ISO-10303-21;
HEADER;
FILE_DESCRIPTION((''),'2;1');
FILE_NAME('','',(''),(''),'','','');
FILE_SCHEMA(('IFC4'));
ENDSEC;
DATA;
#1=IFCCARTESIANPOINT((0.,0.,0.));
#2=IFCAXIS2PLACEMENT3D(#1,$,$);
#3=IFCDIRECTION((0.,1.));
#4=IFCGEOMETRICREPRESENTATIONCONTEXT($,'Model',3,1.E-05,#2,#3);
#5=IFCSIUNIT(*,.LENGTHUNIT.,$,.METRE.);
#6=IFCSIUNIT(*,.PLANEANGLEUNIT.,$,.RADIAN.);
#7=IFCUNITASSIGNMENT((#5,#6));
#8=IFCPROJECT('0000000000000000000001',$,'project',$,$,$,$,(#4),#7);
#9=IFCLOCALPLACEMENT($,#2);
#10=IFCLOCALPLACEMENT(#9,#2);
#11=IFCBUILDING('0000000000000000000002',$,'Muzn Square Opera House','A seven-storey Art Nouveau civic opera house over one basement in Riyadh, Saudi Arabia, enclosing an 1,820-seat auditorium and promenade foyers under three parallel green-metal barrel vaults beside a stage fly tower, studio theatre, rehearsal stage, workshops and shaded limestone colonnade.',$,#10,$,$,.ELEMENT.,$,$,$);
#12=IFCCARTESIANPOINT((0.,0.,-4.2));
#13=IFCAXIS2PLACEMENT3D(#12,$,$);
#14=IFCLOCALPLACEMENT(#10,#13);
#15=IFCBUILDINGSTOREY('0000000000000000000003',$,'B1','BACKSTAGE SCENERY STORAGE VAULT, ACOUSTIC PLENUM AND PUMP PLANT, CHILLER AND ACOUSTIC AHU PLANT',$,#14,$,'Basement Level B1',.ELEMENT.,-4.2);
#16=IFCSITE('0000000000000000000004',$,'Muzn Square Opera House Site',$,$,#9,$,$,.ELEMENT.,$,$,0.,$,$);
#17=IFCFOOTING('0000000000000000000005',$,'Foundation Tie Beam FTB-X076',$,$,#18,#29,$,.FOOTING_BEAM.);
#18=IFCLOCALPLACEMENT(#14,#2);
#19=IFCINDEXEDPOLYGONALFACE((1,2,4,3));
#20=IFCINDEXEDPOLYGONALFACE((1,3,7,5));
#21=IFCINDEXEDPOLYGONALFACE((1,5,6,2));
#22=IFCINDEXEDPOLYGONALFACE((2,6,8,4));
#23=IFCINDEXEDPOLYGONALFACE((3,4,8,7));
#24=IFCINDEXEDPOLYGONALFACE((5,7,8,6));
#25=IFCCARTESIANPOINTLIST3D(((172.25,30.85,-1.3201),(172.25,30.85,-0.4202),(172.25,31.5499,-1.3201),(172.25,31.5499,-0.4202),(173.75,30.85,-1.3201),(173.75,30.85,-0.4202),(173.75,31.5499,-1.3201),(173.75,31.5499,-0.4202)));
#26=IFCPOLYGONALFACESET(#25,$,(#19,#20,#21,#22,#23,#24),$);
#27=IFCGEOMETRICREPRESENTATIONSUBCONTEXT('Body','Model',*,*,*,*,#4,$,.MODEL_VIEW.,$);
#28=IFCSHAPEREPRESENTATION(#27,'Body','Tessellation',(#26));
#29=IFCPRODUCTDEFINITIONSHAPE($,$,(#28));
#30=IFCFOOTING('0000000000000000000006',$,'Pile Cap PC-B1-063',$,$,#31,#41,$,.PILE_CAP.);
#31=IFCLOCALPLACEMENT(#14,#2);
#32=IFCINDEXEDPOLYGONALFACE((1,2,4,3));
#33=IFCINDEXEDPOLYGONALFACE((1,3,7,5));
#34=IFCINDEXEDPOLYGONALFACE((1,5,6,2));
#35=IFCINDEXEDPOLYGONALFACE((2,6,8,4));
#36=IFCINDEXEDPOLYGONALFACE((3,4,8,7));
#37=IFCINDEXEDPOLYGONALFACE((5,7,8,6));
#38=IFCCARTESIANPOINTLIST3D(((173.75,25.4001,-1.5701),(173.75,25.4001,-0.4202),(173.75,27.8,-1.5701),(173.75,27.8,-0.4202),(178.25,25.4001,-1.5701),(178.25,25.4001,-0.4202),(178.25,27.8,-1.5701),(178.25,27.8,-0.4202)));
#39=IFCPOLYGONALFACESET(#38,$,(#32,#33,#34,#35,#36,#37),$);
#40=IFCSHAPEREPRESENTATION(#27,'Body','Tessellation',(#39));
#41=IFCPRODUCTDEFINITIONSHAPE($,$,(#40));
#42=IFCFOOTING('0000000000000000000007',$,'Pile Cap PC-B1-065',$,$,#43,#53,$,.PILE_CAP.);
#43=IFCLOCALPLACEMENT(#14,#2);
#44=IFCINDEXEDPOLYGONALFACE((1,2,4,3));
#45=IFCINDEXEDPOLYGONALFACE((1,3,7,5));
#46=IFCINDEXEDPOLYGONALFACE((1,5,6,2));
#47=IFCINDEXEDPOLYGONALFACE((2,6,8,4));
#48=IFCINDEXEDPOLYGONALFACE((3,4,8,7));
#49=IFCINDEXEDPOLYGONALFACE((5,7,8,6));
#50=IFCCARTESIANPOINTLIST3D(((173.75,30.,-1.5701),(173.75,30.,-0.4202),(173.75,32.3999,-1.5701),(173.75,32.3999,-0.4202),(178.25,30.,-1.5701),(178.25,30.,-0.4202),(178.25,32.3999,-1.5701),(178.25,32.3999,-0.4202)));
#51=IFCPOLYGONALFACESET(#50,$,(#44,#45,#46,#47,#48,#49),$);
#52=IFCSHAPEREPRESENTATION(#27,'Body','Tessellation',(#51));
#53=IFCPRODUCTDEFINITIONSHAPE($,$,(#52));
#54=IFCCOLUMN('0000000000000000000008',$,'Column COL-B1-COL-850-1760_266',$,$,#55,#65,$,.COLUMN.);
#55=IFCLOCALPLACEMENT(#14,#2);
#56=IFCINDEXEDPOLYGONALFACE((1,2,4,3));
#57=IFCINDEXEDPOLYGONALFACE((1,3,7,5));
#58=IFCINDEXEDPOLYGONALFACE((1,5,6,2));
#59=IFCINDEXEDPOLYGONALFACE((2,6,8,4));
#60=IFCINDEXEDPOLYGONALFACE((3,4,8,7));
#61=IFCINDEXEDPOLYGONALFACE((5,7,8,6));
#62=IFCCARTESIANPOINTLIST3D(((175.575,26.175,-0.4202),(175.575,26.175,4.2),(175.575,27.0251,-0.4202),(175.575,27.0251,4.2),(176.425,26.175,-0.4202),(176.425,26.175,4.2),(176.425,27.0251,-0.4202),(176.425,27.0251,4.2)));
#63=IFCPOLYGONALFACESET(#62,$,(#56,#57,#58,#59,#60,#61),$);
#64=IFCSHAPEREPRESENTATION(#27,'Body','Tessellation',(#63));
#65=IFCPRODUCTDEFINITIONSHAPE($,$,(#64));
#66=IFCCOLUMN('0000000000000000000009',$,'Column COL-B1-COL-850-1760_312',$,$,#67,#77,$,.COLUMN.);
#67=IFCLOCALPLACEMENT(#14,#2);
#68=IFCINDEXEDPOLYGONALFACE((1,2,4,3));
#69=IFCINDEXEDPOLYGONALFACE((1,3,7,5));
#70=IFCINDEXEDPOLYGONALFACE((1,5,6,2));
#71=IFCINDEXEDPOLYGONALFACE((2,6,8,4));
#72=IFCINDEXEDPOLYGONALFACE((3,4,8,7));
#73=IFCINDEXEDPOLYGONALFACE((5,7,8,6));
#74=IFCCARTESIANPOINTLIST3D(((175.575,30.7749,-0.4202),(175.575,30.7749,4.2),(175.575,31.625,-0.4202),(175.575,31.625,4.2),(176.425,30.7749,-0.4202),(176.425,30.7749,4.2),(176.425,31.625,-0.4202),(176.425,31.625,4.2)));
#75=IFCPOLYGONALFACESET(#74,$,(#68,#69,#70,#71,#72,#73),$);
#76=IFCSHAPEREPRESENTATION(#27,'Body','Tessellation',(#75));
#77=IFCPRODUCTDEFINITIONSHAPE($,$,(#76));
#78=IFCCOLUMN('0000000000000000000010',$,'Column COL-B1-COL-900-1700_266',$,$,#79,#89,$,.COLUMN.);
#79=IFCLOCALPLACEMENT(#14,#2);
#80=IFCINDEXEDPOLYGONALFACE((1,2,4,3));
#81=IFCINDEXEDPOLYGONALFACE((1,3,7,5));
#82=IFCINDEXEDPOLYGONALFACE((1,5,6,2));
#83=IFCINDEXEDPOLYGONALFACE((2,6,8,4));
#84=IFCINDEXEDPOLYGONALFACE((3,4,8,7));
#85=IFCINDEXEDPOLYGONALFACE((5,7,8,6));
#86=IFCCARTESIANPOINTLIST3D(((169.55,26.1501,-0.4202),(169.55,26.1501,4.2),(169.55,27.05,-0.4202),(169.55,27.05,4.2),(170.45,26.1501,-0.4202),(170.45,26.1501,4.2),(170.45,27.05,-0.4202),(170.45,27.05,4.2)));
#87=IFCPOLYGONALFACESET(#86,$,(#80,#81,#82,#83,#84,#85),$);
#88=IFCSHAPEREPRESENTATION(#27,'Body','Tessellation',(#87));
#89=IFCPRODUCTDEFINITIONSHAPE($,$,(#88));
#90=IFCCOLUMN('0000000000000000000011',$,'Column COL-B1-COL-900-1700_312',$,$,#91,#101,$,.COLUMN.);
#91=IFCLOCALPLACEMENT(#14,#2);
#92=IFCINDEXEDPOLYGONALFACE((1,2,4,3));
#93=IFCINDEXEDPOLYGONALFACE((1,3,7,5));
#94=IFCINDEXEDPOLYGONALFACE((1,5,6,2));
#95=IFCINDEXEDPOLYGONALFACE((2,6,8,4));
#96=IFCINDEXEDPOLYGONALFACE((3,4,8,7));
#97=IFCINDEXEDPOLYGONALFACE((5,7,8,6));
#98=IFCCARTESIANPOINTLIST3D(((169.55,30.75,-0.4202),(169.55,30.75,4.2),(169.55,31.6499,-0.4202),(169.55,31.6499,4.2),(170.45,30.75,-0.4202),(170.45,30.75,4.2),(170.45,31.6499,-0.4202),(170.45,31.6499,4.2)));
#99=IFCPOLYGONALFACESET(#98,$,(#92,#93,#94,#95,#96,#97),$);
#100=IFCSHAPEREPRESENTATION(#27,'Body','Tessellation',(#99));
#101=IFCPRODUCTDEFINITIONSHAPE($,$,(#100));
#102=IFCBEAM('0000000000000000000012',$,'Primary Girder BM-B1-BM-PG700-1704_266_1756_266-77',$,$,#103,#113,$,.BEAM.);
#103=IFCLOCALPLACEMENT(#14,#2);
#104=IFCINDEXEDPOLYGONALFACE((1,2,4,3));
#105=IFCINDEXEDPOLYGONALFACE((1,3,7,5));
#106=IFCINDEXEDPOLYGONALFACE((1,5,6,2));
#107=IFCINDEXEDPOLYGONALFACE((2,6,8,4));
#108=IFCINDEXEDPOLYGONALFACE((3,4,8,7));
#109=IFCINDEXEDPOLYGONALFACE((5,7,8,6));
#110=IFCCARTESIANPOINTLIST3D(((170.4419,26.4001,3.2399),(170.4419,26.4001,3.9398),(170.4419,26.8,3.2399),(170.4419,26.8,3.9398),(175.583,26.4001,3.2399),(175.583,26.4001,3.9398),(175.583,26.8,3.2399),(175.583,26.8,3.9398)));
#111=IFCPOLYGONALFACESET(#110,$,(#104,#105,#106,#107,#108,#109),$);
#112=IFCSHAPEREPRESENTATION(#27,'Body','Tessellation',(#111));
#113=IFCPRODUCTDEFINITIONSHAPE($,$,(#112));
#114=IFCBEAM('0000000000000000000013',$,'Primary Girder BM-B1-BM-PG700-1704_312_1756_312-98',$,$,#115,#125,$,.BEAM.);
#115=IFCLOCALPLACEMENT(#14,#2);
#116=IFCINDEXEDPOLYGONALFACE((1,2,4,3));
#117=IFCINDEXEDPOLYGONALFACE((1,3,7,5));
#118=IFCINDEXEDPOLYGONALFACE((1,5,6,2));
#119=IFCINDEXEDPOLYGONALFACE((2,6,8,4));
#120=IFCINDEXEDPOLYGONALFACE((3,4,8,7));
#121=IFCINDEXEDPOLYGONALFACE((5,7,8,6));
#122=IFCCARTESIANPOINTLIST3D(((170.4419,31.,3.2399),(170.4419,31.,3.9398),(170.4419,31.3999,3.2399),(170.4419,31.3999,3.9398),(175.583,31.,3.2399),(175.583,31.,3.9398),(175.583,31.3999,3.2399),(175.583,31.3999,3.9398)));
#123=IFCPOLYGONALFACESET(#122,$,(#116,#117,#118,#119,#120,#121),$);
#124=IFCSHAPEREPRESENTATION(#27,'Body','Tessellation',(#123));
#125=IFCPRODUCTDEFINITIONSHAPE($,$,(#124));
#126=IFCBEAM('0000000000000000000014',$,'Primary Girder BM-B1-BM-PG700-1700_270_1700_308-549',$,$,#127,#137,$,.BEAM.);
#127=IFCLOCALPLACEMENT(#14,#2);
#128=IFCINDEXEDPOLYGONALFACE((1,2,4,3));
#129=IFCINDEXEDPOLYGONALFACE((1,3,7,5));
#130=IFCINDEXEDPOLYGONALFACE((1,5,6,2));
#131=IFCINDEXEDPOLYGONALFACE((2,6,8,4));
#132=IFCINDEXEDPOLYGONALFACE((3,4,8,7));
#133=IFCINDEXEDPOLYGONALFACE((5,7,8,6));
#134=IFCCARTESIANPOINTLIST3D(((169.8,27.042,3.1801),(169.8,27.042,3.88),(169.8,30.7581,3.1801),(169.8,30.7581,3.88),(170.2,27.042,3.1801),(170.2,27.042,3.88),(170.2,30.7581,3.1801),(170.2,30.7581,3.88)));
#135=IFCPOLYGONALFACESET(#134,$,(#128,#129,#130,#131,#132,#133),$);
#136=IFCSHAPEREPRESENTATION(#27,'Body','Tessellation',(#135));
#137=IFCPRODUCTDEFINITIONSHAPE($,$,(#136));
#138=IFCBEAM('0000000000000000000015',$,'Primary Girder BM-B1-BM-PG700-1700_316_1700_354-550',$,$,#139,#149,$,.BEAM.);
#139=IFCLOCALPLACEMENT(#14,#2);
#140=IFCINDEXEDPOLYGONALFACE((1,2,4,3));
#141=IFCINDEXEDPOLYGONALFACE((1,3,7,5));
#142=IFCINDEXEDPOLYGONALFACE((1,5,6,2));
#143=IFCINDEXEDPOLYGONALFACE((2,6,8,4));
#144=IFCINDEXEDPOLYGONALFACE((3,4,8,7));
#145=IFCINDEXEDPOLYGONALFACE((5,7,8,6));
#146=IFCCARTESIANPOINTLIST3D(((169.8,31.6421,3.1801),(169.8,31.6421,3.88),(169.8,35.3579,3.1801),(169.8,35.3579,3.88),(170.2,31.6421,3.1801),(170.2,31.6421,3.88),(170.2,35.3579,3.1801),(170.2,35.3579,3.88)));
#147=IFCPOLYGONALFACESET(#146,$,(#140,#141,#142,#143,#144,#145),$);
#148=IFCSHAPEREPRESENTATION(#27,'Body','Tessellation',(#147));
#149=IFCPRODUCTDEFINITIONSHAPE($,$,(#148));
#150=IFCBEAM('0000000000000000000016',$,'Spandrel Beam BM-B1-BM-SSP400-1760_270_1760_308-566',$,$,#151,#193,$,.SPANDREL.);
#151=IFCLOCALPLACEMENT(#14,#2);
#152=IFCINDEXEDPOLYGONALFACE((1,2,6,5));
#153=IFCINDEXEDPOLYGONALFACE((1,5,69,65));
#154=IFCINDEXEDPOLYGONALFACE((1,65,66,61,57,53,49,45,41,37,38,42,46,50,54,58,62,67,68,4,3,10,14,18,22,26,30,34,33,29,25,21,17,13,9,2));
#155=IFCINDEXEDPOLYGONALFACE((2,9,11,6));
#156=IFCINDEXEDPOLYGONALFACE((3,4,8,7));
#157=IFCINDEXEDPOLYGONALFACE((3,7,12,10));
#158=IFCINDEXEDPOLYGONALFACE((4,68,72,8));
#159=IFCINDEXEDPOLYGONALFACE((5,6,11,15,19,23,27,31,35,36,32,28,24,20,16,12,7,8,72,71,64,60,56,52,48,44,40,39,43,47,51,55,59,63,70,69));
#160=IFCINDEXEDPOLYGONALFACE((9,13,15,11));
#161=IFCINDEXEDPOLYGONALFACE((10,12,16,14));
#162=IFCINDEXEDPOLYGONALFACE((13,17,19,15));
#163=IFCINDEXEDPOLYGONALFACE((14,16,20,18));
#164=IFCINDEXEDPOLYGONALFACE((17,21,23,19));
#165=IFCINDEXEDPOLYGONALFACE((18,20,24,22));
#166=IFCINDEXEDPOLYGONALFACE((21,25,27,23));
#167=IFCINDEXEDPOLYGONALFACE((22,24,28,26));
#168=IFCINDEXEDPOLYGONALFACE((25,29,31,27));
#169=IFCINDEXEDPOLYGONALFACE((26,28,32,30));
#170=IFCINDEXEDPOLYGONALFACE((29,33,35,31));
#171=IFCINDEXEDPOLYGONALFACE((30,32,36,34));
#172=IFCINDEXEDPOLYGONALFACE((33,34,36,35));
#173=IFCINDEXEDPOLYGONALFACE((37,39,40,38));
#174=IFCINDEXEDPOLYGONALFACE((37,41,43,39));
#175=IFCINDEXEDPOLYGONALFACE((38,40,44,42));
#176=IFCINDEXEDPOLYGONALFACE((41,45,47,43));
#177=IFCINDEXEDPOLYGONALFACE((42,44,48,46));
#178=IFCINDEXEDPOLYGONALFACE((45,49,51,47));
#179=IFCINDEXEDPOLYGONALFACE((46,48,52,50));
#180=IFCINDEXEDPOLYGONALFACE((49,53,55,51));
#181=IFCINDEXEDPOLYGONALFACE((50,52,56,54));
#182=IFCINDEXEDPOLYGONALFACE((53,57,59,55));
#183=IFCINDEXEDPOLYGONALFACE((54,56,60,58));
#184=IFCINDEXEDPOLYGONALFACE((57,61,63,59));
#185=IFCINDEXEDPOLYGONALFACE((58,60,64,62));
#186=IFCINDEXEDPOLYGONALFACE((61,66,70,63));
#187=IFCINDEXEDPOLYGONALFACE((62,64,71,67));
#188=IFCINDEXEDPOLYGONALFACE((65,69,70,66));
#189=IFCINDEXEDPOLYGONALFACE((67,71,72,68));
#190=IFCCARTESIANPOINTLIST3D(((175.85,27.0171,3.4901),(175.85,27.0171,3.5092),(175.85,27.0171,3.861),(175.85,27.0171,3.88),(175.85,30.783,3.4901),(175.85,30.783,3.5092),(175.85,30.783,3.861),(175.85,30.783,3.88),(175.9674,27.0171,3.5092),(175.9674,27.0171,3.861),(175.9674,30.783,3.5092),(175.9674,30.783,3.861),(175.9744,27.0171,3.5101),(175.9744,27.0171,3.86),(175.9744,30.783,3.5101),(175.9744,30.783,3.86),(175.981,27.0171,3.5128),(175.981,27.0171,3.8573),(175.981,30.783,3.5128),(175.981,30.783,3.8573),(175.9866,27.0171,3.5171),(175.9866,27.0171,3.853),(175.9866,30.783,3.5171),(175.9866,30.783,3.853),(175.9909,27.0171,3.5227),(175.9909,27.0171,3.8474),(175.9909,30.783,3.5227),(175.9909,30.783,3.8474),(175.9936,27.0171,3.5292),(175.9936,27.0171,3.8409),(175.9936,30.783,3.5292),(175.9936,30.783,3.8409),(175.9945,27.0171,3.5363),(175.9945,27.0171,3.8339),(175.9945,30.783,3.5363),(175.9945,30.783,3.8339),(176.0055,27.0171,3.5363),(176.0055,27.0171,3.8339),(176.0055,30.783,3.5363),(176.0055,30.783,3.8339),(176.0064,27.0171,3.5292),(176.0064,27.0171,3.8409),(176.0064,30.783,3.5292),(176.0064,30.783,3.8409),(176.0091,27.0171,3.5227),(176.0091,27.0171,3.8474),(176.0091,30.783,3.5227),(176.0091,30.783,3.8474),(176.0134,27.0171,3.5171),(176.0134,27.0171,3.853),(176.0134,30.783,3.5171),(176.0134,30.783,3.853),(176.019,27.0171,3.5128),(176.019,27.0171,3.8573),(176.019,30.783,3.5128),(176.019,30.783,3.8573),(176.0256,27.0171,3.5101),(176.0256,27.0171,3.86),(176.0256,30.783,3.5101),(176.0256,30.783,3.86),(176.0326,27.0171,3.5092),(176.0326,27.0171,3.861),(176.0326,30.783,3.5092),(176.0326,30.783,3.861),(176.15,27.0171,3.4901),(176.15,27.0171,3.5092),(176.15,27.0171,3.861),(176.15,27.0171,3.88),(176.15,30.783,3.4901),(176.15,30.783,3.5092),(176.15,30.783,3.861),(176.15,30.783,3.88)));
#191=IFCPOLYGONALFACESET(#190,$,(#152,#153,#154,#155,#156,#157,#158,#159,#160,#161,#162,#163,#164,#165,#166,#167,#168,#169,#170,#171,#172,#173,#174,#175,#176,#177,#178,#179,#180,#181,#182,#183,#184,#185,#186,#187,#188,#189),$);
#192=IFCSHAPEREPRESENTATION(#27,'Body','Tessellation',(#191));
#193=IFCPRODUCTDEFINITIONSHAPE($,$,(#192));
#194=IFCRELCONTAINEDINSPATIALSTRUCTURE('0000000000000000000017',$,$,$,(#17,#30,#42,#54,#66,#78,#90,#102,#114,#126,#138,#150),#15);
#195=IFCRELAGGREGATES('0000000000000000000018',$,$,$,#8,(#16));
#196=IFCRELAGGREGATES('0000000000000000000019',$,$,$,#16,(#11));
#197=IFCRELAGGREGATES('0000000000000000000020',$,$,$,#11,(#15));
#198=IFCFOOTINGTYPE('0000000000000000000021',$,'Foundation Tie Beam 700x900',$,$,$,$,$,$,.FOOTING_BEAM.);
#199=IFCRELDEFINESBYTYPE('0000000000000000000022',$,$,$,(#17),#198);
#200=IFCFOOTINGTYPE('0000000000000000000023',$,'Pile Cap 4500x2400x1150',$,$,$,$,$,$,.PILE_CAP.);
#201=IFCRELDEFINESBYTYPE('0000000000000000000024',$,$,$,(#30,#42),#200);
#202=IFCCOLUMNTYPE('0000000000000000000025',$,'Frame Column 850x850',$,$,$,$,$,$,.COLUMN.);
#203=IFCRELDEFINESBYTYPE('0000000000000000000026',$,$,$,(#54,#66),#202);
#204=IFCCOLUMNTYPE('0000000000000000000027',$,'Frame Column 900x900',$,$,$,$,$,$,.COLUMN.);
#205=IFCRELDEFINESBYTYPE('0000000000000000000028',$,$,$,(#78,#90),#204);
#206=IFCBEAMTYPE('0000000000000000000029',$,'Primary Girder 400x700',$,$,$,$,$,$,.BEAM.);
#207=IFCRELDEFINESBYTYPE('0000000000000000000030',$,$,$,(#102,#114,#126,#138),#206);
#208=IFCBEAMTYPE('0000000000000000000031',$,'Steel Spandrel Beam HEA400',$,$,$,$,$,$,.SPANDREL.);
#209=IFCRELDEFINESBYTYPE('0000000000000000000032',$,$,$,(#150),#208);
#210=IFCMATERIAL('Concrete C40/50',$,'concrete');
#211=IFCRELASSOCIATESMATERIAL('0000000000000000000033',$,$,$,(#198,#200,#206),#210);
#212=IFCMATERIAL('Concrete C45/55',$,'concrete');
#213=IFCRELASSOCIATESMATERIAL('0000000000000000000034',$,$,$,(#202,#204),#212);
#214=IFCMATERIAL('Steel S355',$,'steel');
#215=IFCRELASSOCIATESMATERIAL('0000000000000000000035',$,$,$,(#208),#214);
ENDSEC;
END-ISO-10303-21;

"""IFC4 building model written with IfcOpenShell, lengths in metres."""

from ifc_helpers import new_model, si_unit, direction, frame, origin, origin_2d, place, context, subcontext, project, spatial, rectangle, i_section, extrude, material, material_profile, profile_set, type_object, element, save


model = new_model("IFC4")

# Units and contexts
model_context = context("Model", 3, precision=1e-05, world=origin(), true_north=direction((0.0, 1.0)))
body_context = subcontext(model_context, "Body", "Model", "MODEL_VIEW")
ifc_project = project(units=[si_unit("LENGTHUNIT", "METRE"), si_unit("PLANEANGLEUNIT", "RADIAN")], contexts=[model_context])

# Site, building, storey
site_placement = place(None, origin())
site = spatial("IfcSite", under=ifc_project, at=site_placement, Name="Muzn Square Opera House Site", CompositionType="ELEMENT", RefElevation=0.0)
building_placement = place(site_placement, origin())
building = spatial("IfcBuilding", under=site, at=building_placement, Name="Muzn Square Opera House", Description="A seven-storey Art Nouveau civic opera house over one basement in Riyadh, Saudi Arabia, enclosing an 1,820-seat auditorium and promenade foyers under three parallel green-metal barrel vaults beside a stage fly tower, studio theatre, rehearsal stage, workshops and shaded limestone colonnade.", CompositionType="ELEMENT")
storey_placement = place(building_placement, frame((0.0, 0.0, -4.2)))
storey = spatial("IfcBuildingStorey", under=building, at=storey_placement, Name="B1", Description="BACKSTAGE SCENERY STORAGE VAULT, ACOUSTIC PLENUM AND PUMP PLANT, CHILLER AND ACOUSTIC AHU PLANT", LongName="Basement Level B1", CompositionType="ELEMENT", Elevation=-4.2)

# Shared definitions
ifc_material_1 = material(Name="Concrete C40/50", Category="concrete")

# Footings
ifc_material_profile_1 = material_profile(ifc_material_1, rectangle(XDim=0.7, YDim=0.8999, at=origin_2d()), Name="RCTB 700x900", Category="concrete")
ifc_profile_set_1 = profile_set([ifc_material_profile_1], Name="Concrete C40/50")
footing_type_1 = type_object("IfcFootingType", Name="Foundation Tie Beam 700x900", PredefinedType="FOOTING_BEAM", material=ifc_profile_set_1)
footing_1_placement = place(storey_placement, frame((172.25, 31.2, -0.8701), z_axis=(1.0, 0.0, 0.0), x_axis=(0.0, 1.0, 0.0)))
element("IfcFooting", 1, at=footing_1_placement, inside=storey, type_object=footing_type_1, Name="Foundation Tie Beam FTB-X076", PredefinedType="FOOTING_BEAM", context=body_context, shape_type="SweptSolid", body=[
    extrude(rectangle(XDim=0.7, YDim=0.8999, at=origin_2d()), origin(), (0.0, 0.0, 1.0), 1.5),
])
footing_type_2 = type_object("IfcFootingType", Name="Pile Cap 4500x2400x1150", PredefinedType="PILE_CAP", material=ifc_material_1)
for number, where, z_axis, x_axis, name in (
    (2, (176.0, 26.6001, -1.5701), (0.0, 0.0, 1.0), (1.0, 0.0, 0.0), "Pile Cap PC-B1-063"),
    (3, (176.0, 31.2, -1.5701), (0.0, 0.0, 1.0), (1.0, 0.0, 0.0), "Pile Cap PC-B1-065"),
):
    element("IfcFooting", number, at=place(storey_placement, frame(where, z_axis=z_axis, x_axis=x_axis)), inside=storey, type_object=footing_type_2, Name=name, PredefinedType="PILE_CAP", context=body_context, shape_type="SweptSolid", body=[
        extrude(rectangle(XDim=4.5, YDim=2.3999, at=origin_2d()), origin(), (0.0, 0.0, 1.0), 1.1499),
    ])

# Columns
ifc_material_2 = material(Name="Concrete C45/55", Category="concrete")
ifc_material_profile_2 = material_profile(ifc_material_2, rectangle(XDim=0.8501, YDim=0.8501, at=origin_2d()), Name="RC 850x850", Category="concrete")
ifc_profile_set_2 = profile_set([ifc_material_profile_2], Name="Concrete C45/55")
column_type_1 = type_object("IfcColumnType", Name="Frame Column 850x850", PredefinedType="COLUMN", material=ifc_profile_set_2)
for number, where, z_axis, x_axis, name in (
    (4, (176.0, 26.6001, -0.4202), (0.0, 0.0, 1.0), (1.0, 0.0, 0.0), "Column COL-B1-COL-850-1760_266"),
    (5, (176.0, 31.2, -0.4202), (0.0, 0.0, 1.0), (1.0, 0.0, 0.0), "Column COL-B1-COL-850-1760_312"),
):
    element("IfcColumn", number, at=place(storey_placement, frame(where, z_axis=z_axis, x_axis=x_axis)), inside=storey, type_object=column_type_1, Name=name, PredefinedType="COLUMN", context=body_context, shape_type="SweptSolid", body=[
        extrude(rectangle(XDim=0.8501, YDim=0.8501, at=origin_2d()), origin(), (0.0, 0.0, 1.0), 4.6201),
    ])
ifc_material_profile_3 = material_profile(ifc_material_2, rectangle(XDim=0.8999, YDim=0.8999, at=origin_2d()), Name="RC 900x900", Category="concrete")
ifc_profile_set_3 = profile_set([ifc_material_profile_3], Name="Concrete C45/55")
column_type_2 = type_object("IfcColumnType", Name="Frame Column 900x900", PredefinedType="COLUMN", material=ifc_profile_set_3)
for number, where, z_axis, x_axis, name in (
    (6, (170.0, 26.6001, -0.4202), (0.0, 0.0, 1.0), (1.0, 0.0, 0.0), "Column COL-B1-COL-900-1700_266"),
    (7, (170.0, 31.2, -0.4202), (0.0, 0.0, 1.0), (1.0, 0.0, 0.0), "Column COL-B1-COL-900-1700_312"),
):
    element("IfcColumn", number, at=place(storey_placement, frame(where, z_axis=z_axis, x_axis=x_axis)), inside=storey, type_object=column_type_2, Name=name, PredefinedType="COLUMN", context=body_context, shape_type="SweptSolid", body=[
        extrude(rectangle(XDim=0.8999, YDim=0.8999, at=origin_2d()), origin(), (0.0, 0.0, 1.0), 4.6201),
    ])

# Beams
ifc_material_profile_4 = material_profile(ifc_material_1, rectangle(XDim=0.3999, YDim=0.7, at=origin_2d()), Name="RCB 400x700", Category="concrete")
ifc_profile_set_4 = profile_set([ifc_material_profile_4], Name="Concrete C40/50")
beam_type_1 = type_object("IfcBeamType", Name="Primary Girder 400x700", PredefinedType="BEAM", material=ifc_profile_set_4)
for number, where, z_axis, x_axis, name in (
    (8, (170.4419, 26.6001, 3.5898), (1.0, 0.0, 0.0), (0.0, 1.0, 0.0), "Primary Girder BM-B1-BM-PG700-1704_266_1756_266-77"),
    (9, (170.4419, 31.2, 3.5898), (1.0, 0.0, 0.0), (0.0, 1.0, 0.0), "Primary Girder BM-B1-BM-PG700-1704_312_1756_312-98"),
):
    element("IfcBeam", number, at=place(storey_placement, frame(where, z_axis=z_axis, x_axis=x_axis)), inside=storey, type_object=beam_type_1, Name=name, PredefinedType="BEAM", context=body_context, shape_type="SweptSolid", body=[
        extrude(rectangle(XDim=0.3999, YDim=0.7, at=origin_2d()), origin(), (0.0, 0.0, 1.0), 5.1411),
    ])
beam_1_placement = place(storey_placement, frame((170.0, 27.042, 3.53), z_axis=(0.0, 1.0, 0.0), x_axis=(-1.0, 0.0, 0.0)))
element("IfcBeam", 10, at=beam_1_placement, inside=storey, type_object=beam_type_1, Name="Primary Girder BM-B1-BM-PG700-1700_270_1700_308-549", PredefinedType="BEAM", context=body_context, shape_type="SweptSolid", body=[
    extrude(rectangle(XDim=0.3999, YDim=0.7, at=origin_2d()), origin(), (0.0, 0.0, 1.0), 3.7161),
])
beam_2_placement = place(storey_placement, frame((170.0, 31.6421, 3.53), z_axis=(0.0, 1.0, 0.0), x_axis=(-1.0, 0.0, 0.0)))
element("IfcBeam", 11, at=beam_2_placement, inside=storey, type_object=beam_type_1, Name="Primary Girder BM-B1-BM-PG700-1700_316_1700_354-550", PredefinedType="BEAM", context=body_context, shape_type="SweptSolid", body=[
    extrude(rectangle(XDim=0.3999, YDim=0.7, at=origin_2d()), origin(), (0.0, 0.0, 1.0), 3.7158),
])
ifc_material_3 = material(Name="Steel S355", Category="steel")
ifc_material_profile_5 = material_profile(ifc_material_3, i_section(OverallWidth=0.3, OverallDepth=0.3899, WebThickness=0.011, FlangeThickness=0.019, FilletRadius=0.0271, at=origin_2d()), Name="HEA 400", Category="steel")
ifc_profile_set_5 = profile_set([ifc_material_profile_5], Name="Steel S355")
beam_type_2 = type_object("IfcBeamType", Name="Steel Spandrel Beam HEA400", PredefinedType="SPANDREL", material=ifc_profile_set_5)
beam_3_placement = place(storey_placement, frame((176.0, 27.0171, 3.6851), z_axis=(0.0, 1.0, 0.0), x_axis=(-1.0, 0.0, 0.0)))
element("IfcBeam", 12, at=beam_3_placement, inside=storey, type_object=beam_type_2, Name="Spandrel Beam BM-B1-BM-SSP400-1760_270_1760_308-566", PredefinedType="SPANDREL", context=body_context, shape_type="SweptSolid", body=[
    extrude(i_section(OverallWidth=0.3, OverallDepth=0.3899, WebThickness=0.011, FlangeThickness=0.019, FilletRadius=0.0271, at=origin_2d()), origin(), (0.0, 0.0, 1.0), 3.7659),
])

save(model, "model.ifc")
